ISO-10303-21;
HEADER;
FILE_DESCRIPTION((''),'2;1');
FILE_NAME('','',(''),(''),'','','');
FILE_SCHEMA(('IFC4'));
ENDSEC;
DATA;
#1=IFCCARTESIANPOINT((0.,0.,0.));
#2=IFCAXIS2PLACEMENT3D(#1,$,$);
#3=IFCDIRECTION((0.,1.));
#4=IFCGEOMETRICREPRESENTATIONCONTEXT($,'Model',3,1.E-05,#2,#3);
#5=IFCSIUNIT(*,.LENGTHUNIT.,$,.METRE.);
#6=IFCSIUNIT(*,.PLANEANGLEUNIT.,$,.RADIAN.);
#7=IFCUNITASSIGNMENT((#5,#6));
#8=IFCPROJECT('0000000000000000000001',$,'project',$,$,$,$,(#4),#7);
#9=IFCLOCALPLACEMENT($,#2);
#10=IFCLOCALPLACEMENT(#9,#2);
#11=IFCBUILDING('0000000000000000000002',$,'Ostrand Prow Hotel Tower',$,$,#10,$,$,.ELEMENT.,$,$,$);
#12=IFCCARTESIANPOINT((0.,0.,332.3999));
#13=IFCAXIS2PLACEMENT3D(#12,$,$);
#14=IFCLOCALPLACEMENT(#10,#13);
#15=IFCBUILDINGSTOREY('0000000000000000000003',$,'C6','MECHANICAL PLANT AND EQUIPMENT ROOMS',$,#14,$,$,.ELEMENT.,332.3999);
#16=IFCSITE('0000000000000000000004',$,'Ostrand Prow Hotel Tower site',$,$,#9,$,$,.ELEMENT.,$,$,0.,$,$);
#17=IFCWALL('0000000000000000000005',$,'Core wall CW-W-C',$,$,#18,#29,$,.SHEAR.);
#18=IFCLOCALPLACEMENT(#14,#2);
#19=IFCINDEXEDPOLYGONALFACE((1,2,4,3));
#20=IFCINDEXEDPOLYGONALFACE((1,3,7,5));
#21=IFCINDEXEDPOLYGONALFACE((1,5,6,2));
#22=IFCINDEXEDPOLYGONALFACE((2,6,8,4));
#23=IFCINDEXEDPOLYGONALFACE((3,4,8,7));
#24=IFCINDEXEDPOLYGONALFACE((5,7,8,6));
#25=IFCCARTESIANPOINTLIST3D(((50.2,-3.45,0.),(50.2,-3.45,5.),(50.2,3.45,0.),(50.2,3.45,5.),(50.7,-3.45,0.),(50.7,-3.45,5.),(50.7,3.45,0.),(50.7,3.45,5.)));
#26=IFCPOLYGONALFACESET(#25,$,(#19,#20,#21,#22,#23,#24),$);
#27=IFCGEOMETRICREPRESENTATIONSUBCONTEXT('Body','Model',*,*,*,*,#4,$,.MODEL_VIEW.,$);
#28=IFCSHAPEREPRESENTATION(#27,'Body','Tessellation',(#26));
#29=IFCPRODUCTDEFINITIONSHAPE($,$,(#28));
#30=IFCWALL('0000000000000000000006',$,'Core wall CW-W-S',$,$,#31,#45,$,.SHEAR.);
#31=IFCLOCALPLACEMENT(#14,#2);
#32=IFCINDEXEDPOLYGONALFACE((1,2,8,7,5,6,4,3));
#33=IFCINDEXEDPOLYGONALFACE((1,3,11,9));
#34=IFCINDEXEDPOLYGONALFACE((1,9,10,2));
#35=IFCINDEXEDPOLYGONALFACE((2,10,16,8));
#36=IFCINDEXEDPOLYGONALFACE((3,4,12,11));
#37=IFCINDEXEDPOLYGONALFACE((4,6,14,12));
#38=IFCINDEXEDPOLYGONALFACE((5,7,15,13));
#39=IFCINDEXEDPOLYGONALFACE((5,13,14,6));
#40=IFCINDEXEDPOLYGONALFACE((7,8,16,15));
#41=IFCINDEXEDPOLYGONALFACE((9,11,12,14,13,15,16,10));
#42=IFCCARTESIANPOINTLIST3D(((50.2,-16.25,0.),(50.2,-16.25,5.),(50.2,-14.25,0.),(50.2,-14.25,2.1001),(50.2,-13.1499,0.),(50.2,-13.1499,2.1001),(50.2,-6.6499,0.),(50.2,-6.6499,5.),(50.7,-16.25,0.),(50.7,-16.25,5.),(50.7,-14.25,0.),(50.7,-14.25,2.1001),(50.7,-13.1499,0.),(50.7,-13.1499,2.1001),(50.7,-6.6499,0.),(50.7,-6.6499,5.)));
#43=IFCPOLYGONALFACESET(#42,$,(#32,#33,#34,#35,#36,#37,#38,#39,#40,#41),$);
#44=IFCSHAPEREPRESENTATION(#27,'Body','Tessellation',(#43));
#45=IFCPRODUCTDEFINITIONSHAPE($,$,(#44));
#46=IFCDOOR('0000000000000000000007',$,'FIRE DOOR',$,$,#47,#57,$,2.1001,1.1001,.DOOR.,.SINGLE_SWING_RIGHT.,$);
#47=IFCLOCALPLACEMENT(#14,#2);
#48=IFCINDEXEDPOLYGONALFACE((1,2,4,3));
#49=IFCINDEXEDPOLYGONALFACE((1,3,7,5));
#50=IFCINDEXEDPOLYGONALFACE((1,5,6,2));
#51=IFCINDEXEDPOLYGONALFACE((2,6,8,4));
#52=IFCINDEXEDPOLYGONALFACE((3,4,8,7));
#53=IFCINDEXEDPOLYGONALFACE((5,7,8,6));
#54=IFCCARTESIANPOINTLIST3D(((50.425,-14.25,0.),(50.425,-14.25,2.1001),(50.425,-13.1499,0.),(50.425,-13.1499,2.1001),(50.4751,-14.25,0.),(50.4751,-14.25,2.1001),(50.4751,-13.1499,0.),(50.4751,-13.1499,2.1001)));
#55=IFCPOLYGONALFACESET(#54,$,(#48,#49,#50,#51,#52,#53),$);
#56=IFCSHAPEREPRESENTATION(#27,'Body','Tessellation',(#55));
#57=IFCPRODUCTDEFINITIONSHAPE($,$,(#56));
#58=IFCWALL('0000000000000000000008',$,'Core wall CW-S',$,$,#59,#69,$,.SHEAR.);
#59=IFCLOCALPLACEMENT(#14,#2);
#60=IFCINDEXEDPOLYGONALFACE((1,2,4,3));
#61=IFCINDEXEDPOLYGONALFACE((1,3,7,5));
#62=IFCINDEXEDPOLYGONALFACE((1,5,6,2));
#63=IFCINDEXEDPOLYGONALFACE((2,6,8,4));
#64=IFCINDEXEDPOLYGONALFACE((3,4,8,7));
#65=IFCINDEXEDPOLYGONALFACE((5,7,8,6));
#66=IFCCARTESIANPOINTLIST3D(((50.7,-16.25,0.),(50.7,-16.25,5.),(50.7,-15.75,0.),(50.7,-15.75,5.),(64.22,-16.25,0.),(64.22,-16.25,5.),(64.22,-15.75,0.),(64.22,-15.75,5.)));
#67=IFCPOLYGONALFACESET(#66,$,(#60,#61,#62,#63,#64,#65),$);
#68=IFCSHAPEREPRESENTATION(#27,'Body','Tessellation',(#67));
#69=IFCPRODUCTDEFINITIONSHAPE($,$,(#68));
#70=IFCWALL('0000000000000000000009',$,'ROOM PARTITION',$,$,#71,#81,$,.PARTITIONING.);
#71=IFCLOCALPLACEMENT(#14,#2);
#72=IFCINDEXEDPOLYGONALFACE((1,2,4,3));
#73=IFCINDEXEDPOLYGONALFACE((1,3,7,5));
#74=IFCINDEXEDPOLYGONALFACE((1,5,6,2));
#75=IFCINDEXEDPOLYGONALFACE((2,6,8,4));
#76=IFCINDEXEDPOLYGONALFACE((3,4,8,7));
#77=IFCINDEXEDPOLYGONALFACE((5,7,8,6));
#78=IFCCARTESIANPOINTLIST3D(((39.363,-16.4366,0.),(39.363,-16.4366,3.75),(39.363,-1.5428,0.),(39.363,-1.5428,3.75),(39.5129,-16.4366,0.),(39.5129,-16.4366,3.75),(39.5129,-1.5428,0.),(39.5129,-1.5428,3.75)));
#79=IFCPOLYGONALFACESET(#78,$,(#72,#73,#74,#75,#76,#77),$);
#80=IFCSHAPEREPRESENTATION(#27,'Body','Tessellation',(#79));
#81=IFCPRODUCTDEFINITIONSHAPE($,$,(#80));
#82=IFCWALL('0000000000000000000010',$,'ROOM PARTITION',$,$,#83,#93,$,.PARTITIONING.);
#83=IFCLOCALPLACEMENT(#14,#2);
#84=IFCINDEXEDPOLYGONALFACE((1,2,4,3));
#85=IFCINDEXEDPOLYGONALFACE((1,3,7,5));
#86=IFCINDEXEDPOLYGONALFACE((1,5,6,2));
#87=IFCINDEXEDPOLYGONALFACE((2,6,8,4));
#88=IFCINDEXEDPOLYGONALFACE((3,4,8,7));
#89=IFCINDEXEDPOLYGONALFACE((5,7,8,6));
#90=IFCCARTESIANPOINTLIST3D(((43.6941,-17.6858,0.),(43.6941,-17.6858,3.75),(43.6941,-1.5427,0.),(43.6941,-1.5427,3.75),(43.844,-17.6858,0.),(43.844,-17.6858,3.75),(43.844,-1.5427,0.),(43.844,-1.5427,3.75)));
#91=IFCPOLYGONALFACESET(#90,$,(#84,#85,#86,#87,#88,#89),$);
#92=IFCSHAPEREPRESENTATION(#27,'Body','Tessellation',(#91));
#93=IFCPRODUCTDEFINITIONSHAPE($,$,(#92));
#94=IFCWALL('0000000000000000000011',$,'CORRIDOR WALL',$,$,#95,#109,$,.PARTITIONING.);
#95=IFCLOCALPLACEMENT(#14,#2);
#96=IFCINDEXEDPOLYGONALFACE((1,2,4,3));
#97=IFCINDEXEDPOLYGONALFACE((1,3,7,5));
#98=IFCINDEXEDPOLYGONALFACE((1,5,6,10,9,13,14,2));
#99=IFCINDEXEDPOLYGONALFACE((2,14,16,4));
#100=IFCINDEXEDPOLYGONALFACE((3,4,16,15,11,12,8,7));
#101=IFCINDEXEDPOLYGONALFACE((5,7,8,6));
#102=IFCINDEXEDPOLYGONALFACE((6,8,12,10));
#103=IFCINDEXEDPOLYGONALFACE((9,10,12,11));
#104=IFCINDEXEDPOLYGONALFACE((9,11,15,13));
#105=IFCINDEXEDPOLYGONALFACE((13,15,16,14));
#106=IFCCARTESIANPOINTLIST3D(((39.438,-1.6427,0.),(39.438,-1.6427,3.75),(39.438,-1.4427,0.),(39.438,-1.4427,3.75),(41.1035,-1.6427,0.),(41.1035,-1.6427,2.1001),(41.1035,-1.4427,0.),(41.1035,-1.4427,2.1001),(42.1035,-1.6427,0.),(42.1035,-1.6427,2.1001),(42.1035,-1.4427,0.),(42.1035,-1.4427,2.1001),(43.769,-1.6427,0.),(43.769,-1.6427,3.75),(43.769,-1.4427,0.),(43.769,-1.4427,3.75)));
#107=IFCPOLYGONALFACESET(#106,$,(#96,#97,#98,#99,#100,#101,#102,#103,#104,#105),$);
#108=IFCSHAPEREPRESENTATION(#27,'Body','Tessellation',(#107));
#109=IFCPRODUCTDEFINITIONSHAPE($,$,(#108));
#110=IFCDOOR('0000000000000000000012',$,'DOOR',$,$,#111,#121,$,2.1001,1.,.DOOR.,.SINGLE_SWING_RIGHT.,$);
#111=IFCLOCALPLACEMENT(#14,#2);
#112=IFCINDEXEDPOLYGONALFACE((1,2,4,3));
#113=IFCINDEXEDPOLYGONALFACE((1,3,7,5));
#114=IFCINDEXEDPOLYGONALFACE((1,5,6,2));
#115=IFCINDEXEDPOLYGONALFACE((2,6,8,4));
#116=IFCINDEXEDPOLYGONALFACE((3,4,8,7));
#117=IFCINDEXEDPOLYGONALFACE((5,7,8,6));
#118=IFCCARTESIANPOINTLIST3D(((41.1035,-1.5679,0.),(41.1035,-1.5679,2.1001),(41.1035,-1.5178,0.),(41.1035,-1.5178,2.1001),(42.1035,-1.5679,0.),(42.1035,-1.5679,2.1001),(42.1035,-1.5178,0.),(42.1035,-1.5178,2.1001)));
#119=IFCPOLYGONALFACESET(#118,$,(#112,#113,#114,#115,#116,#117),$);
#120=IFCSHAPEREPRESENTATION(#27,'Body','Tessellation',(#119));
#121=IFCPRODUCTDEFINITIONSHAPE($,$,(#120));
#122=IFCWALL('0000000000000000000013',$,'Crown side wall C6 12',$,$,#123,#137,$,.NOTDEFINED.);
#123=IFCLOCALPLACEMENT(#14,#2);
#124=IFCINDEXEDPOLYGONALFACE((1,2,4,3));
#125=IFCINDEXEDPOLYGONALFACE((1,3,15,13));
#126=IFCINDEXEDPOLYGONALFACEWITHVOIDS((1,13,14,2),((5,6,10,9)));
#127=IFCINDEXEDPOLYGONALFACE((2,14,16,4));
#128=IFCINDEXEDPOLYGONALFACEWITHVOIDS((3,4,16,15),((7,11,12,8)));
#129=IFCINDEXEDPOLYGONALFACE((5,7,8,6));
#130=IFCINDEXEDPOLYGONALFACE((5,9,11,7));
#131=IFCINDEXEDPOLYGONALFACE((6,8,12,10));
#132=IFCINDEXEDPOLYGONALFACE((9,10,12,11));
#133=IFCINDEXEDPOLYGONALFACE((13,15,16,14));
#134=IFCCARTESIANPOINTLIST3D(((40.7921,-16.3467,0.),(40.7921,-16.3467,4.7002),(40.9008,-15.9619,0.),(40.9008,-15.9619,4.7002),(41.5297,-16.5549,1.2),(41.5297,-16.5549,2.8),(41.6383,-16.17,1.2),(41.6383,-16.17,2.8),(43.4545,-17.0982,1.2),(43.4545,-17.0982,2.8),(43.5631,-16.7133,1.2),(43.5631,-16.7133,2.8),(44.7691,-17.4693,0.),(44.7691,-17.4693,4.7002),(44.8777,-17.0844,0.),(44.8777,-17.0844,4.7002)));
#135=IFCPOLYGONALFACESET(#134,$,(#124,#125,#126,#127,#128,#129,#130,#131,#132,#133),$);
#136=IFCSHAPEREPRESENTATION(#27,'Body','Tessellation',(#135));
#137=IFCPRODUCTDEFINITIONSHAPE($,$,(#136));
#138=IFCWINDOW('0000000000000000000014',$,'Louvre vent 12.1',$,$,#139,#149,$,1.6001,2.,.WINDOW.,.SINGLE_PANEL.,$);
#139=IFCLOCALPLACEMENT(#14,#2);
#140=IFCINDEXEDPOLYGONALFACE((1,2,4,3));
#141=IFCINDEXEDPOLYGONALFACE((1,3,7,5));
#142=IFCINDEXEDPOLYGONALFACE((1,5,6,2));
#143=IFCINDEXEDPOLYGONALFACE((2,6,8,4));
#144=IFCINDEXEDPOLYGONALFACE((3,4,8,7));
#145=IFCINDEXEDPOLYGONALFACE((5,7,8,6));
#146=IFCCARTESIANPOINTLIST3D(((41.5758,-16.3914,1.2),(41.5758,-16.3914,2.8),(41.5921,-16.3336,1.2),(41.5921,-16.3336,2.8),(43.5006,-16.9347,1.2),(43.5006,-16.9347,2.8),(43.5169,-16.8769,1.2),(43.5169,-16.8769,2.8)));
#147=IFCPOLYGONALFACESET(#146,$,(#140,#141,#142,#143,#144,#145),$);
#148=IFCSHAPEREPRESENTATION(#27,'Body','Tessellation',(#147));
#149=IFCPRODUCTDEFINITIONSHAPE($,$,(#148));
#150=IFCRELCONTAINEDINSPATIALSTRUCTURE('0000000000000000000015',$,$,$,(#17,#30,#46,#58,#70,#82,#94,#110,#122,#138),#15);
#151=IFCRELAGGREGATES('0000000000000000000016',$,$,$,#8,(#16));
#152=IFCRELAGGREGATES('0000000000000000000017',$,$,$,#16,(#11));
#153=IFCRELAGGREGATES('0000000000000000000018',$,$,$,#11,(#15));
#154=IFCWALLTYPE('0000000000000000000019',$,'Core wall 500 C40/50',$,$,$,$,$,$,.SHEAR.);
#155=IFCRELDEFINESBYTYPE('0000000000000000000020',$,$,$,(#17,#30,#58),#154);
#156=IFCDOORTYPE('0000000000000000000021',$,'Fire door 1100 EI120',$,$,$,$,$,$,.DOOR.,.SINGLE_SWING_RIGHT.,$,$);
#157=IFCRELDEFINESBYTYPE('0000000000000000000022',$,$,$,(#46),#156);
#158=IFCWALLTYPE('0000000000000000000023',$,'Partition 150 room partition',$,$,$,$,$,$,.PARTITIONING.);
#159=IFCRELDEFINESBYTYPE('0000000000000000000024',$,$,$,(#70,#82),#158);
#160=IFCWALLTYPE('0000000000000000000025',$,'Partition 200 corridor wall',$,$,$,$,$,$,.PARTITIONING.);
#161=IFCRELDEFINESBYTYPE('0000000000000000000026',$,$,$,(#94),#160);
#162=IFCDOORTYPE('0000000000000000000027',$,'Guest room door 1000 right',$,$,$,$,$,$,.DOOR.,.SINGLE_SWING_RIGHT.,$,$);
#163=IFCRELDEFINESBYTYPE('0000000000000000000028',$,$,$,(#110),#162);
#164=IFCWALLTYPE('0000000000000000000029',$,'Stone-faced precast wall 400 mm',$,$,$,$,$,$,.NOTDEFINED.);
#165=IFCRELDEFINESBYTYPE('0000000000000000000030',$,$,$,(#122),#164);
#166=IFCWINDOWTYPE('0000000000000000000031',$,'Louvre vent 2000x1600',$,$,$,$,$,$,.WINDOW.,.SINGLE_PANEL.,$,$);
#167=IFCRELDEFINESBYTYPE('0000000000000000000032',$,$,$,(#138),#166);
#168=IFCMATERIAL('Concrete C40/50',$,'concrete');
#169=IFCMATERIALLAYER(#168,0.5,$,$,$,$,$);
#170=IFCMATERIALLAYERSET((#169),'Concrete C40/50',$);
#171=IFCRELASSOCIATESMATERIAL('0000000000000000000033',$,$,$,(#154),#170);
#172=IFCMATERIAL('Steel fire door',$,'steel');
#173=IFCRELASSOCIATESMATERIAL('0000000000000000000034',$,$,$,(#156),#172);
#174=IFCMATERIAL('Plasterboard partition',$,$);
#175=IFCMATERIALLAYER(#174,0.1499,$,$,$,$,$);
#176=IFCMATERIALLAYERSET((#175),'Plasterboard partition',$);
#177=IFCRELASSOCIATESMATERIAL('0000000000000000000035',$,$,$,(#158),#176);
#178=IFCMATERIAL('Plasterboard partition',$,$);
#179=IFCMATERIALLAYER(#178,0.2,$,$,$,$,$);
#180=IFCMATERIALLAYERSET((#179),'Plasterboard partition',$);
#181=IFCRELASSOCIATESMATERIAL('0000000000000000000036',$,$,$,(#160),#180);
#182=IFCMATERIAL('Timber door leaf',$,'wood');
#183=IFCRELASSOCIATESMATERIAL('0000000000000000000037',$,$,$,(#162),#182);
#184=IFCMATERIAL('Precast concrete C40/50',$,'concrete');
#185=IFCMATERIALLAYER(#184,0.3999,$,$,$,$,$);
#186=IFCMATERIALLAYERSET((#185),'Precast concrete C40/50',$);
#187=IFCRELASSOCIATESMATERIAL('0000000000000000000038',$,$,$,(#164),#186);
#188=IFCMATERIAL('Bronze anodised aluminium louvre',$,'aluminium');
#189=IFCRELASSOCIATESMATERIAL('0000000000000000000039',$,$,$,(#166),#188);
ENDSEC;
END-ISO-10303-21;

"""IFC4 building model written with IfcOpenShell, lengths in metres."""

from ifc_helpers import new_model, si_unit, direction, frame, frame_2d, origin, place, context, subcontext, project, spatial, rectangle, extrude, material, layer, layer_set, type_object, element, fill, save


model = new_model("IFC4")

# Units and contexts
model_context = context("Model", 3, precision=1e-05, world=origin(), true_north=direction((0.0, 1.0)))
body_context = subcontext(model_context, "Body", "Model", "MODEL_VIEW")
ifc_project = project(units=[si_unit("LENGTHUNIT", "METRE"), si_unit("PLANEANGLEUNIT", "RADIAN")], contexts=[model_context])

# Site, building, storey
site_placement = place(None, origin())
site = spatial("IfcSite", under=ifc_project, at=site_placement, Name="Ostrand Prow Hotel Tower site", CompositionType="ELEMENT", RefElevation=0.0)
building_placement = place(site_placement, origin())
building = spatial("IfcBuilding", under=site, at=building_placement, Name="Ostrand Prow Hotel Tower", CompositionType="ELEMENT")
storey_placement = place(building_placement, frame((0.0, 0.0, 332.3999)))
storey = spatial("IfcBuildingStorey", under=building, at=storey_placement, Name="C6", Description="MECHANICAL PLANT AND EQUIPMENT ROOMS", CompositionType="ELEMENT", Elevation=332.3999)

# Wall
ifc_material_1 = material(Name="Concrete C40/50", Category="concrete")
ifc_layer_1 = layer(ifc_material_1, 0.5)
ifc_layer_set_1 = layer_set([ifc_layer_1], Name="Concrete C40/50")
wall_type_1 = type_object("IfcWallType", Name="Core wall 500 C40/50", PredefinedType="SHEAR", material=ifc_layer_set_1)
wall_1_placement = place(storey_placement, frame((50.45, -3.45, 0.0), z_axis=(0.0, 0.0, 1.0), x_axis=(0.0, 1.0, 0.0)))
element("IfcWall", 1, at=wall_1_placement, inside=storey, type_object=wall_type_1, Name="Core wall CW-W-C", PredefinedType="SHEAR", context=body_context, shape_type="SweptSolid", body=[
    extrude(rectangle(XDim=6.8999, YDim=0.5, at=frame_2d((3.45, 0.0))), origin(), (0.0, 0.0, 1.0), 5.0),
])

# Wall, opening, door
wall_2_placement = place(storey_placement, frame((50.45, -16.25, 0.0), z_axis=(0.0, 0.0, 1.0), x_axis=(0.0, 1.0, 0.0)))
wall_2 = element("IfcWall", 2, at=wall_2_placement, inside=storey, type_object=wall_type_1, Name="Core wall CW-W-S", PredefinedType="SHEAR", context=body_context, shape_type="SweptSolid", body=[
    extrude(rectangle(XDim=9.6001, YDim=0.5, at=frame_2d((4.8, 0.0))), origin(), (0.0, 0.0, 1.0), 5.0),
])
opening_1_placement = place(wall_2_placement, frame((2.0, 0.0, 0.0)))
opening_1 = element("IfcOpeningElement", 3, at=opening_1_placement, cuts=wall_2, PredefinedType="OPENING", context=body_context, shape_type="SweptSolid", body=[
    extrude(rectangle(XDim=1.1001, YDim=2.1001, at=frame_2d((0.55, 1.05))), frame((0.0, 0.26, 0.0), z_axis=(0.0, -1.0, 0.0), x_axis=(1.0, 0.0, 0.0)), (0.0, 0.0, 1.0), 0.52),
])
ifc_material_2 = material(Name="Steel fire door", Category="steel")
door_type_1 = type_object("IfcDoorType", Name="Fire door 1100 EI120", OperationType="SINGLE_SWING_RIGHT", PredefinedType="DOOR", material=ifc_material_2)
door_1_placement = place(opening_1_placement, origin())
door_1 = element("IfcDoor", 4, at=door_1_placement, inside=storey, type_object=door_type_1, Name="FIRE DOOR", OperationType="SINGLE_SWING_RIGHT", OverallHeight=2.1001, OverallWidth=1.1001, PredefinedType="DOOR", context=body_context, shape_type="SweptSolid", body=[
    extrude(rectangle(XDim=1.1001, YDim=2.1001, at=frame_2d((0.55, 1.05))), frame((0.0, 0.0249, 0.0), z_axis=(0.0, -1.0, 0.0), x_axis=(1.0, 0.0, 0.0)), (0.0, 0.0, 1.0), 0.05),
])
fill(opening_1, door_1)

# Walls
wall_3_placement = place(storey_placement, frame((50.7, -16.0, 0.0), z_axis=(0.0, 0.0, 1.0), x_axis=(1.0, 0.0, 0.0)))
element("IfcWall", 5, at=wall_3_placement, inside=storey, type_object=wall_type_1, Name="Core wall CW-S", PredefinedType="SHEAR", context=body_context, shape_type="SweptSolid", body=[
    extrude(rectangle(XDim=13.52, YDim=0.5, at=frame_2d((6.76, 0.0))), origin(), (0.0, 0.0, 1.0), 5.0),
])
ifc_material_3 = material(Name="Plasterboard partition")
ifc_layer_2 = layer(ifc_material_3, 0.1499)
ifc_layer_set_2 = layer_set([ifc_layer_2], Name="Plasterboard partition")
wall_type_2 = type_object("IfcWallType", Name="Partition 150 room partition", PredefinedType="PARTITIONING", material=ifc_layer_set_2)
wall_4_placement = place(storey_placement, frame((39.438, -16.4365, 0.0), z_axis=(0.0, 0.0, 1.0), x_axis=(0.0, 1.0, 0.0)))
element("IfcWall", 6, at=wall_4_placement, inside=storey, type_object=wall_type_2, Name="ROOM PARTITION", PredefinedType="PARTITIONING", context=body_context, shape_type="SweptSolid", body=[
    extrude(rectangle(XDim=14.8938, YDim=0.1499, at=frame_2d((7.4468, 0.0))), origin(), (0.0, 0.0, 1.0), 3.75),
])
wall_5_placement = place(storey_placement, frame((43.769, -17.6858, 0.0), z_axis=(0.0, 0.0, 1.0), x_axis=(0.0, 1.0, 0.0)))
element("IfcWall", 7, at=wall_5_placement, inside=storey, type_object=wall_type_2, Name="ROOM PARTITION", PredefinedType="PARTITIONING", context=body_context, shape_type="SweptSolid", body=[
    extrude(rectangle(XDim=16.1431, YDim=0.1499, at=frame_2d((8.0715, 0.0))), origin(), (0.0, 0.0, 1.0), 3.75),
])

# Wall, opening, door
ifc_material_4 = material(Name="Plasterboard partition")
ifc_layer_3 = layer(ifc_material_4, 0.2)
ifc_layer_set_3 = layer_set([ifc_layer_3], Name="Plasterboard partition")
wall_type_3 = type_object("IfcWallType", Name="Partition 200 corridor wall", PredefinedType="PARTITIONING", material=ifc_layer_set_3)
wall_6_placement = place(storey_placement, frame((39.438, -1.5427, 0.0), z_axis=(0.0, 0.0, 1.0), x_axis=(1.0, 0.0, 0.0)))
wall_6 = element("IfcWall", 8, at=wall_6_placement, inside=storey, type_object=wall_type_3, Name="CORRIDOR WALL", PredefinedType="PARTITIONING", context=body_context, shape_type="SweptSolid", body=[
    extrude(rectangle(XDim=4.3311, YDim=0.2, at=frame_2d((2.1655, 0.0))), origin(), (0.0, 0.0, 1.0), 3.75),
])
opening_2_placement = place(wall_6_placement, frame((1.6655, 0.0, 0.0)))
opening_2 = element("IfcOpeningElement", 9, at=opening_2_placement, cuts=wall_6, PredefinedType="OPENING", context=body_context, shape_type="SweptSolid", body=[
    extrude(rectangle(XDim=1.0, YDim=2.1001, at=frame_2d((0.5, 1.05))), frame((0.0, 0.1099, 0.0), z_axis=(0.0, -1.0, 0.0), x_axis=(1.0, 0.0, 0.0)), (0.0, 0.0, 1.0), 0.22),
])
ifc_material_5 = material(Name="Timber door leaf", Category="wood")
door_type_2 = type_object("IfcDoorType", Name="Guest room door 1000 right", OperationType="SINGLE_SWING_RIGHT", PredefinedType="DOOR", material=ifc_material_5)
door_2_placement = place(opening_2_placement, origin())
door_2 = element("IfcDoor", 10, at=door_2_placement, inside=storey, type_object=door_type_2, Name="DOOR", OperationType="SINGLE_SWING_RIGHT", OverallHeight=2.1001, OverallWidth=1.0, PredefinedType="DOOR", context=body_context, shape_type="SweptSolid", body=[
    extrude(rectangle(XDim=1.0, YDim=2.1001, at=frame_2d((0.5, 1.05))), frame((0.0, 0.0249, 0.0), z_axis=(0.0, -1.0, 0.0), x_axis=(1.0, 0.0, 0.0)), (0.0, 0.0, 1.0), 0.05),
])
fill(opening_2, door_2)

# Wall, opening, window
ifc_material_6 = material(Name="Precast concrete C40/50", Category="concrete")
ifc_layer_4 = layer(ifc_material_6, 0.3999)
ifc_layer_set_4 = layer_set([ifc_layer_4], Name="Precast concrete C40/50")
wall_type_4 = type_object("IfcWallType", Name="Stone-faced precast wall 400 mm", PredefinedType="NOTDEFINED", material=ifc_layer_set_4)
wall_7_placement = place(storey_placement, frame((40.8464, -16.1543, 0.0), z_axis=(0.0, 0.0, 1.0), x_axis=(0.962397, -0.271645, 0.0)))
wall_7 = element("IfcWall", 11, at=wall_7_placement, inside=storey, type_object=wall_type_4, Name="Crown side wall C6 12", PredefinedType="NOTDEFINED", context=body_context, shape_type="SweptSolid", body=[
    extrude(rectangle(XDim=4.1323, YDim=0.3999, at=frame_2d((2.0662, 0.0))), origin(), (0.0, 0.0, 1.0), 4.7002),
])
opening_3_placement = place(wall_7_placement, frame((0.7664, 0.0, 1.2)))
opening_3 = element("IfcOpeningElement", 12, at=opening_3_placement, cuts=wall_7, PredefinedType="OPENING", context=body_context, shape_type="SweptSolid", body=[
    extrude(rectangle(XDim=2.0, YDim=1.6001, at=frame_2d((1.0, 0.8))), frame((0.0, 0.21, 0.0), z_axis=(0.0, -1.0, 0.0), x_axis=(1.0, 0.0, 0.0)), (0.0, 0.0, 1.0), 0.4199),
])
ifc_material_7 = material(Name="Bronze anodised aluminium louvre", Category="aluminium")
window_type = type_object("IfcWindowType", Name="Louvre vent 2000x1600", PartitioningType="SINGLE_PANEL", PredefinedType="WINDOW", material=ifc_material_7)
window_1_placement = place(opening_3_placement, origin())
window_1 = element("IfcWindow", 13, at=window_1_placement, inside=storey, type_object=window_type, Name="Louvre vent 12.1", OverallHeight=1.6001, OverallWidth=2.0, PartitioningType="SINGLE_PANEL", PredefinedType="WINDOW", context=body_context, shape_type="SweptSolid", body=[
    extrude(rectangle(XDim=2.0, YDim=1.6001, at=frame_2d((1.0, 0.8))), frame((0.0, 0.03, 0.0), z_axis=(0.0, -1.0, 0.0), x_axis=(1.0, 0.0, 0.0)), (0.0, 0.0, 1.0), 0.0601),
])
fill(opening_3, window_1)

save(model, "model.ifc")
